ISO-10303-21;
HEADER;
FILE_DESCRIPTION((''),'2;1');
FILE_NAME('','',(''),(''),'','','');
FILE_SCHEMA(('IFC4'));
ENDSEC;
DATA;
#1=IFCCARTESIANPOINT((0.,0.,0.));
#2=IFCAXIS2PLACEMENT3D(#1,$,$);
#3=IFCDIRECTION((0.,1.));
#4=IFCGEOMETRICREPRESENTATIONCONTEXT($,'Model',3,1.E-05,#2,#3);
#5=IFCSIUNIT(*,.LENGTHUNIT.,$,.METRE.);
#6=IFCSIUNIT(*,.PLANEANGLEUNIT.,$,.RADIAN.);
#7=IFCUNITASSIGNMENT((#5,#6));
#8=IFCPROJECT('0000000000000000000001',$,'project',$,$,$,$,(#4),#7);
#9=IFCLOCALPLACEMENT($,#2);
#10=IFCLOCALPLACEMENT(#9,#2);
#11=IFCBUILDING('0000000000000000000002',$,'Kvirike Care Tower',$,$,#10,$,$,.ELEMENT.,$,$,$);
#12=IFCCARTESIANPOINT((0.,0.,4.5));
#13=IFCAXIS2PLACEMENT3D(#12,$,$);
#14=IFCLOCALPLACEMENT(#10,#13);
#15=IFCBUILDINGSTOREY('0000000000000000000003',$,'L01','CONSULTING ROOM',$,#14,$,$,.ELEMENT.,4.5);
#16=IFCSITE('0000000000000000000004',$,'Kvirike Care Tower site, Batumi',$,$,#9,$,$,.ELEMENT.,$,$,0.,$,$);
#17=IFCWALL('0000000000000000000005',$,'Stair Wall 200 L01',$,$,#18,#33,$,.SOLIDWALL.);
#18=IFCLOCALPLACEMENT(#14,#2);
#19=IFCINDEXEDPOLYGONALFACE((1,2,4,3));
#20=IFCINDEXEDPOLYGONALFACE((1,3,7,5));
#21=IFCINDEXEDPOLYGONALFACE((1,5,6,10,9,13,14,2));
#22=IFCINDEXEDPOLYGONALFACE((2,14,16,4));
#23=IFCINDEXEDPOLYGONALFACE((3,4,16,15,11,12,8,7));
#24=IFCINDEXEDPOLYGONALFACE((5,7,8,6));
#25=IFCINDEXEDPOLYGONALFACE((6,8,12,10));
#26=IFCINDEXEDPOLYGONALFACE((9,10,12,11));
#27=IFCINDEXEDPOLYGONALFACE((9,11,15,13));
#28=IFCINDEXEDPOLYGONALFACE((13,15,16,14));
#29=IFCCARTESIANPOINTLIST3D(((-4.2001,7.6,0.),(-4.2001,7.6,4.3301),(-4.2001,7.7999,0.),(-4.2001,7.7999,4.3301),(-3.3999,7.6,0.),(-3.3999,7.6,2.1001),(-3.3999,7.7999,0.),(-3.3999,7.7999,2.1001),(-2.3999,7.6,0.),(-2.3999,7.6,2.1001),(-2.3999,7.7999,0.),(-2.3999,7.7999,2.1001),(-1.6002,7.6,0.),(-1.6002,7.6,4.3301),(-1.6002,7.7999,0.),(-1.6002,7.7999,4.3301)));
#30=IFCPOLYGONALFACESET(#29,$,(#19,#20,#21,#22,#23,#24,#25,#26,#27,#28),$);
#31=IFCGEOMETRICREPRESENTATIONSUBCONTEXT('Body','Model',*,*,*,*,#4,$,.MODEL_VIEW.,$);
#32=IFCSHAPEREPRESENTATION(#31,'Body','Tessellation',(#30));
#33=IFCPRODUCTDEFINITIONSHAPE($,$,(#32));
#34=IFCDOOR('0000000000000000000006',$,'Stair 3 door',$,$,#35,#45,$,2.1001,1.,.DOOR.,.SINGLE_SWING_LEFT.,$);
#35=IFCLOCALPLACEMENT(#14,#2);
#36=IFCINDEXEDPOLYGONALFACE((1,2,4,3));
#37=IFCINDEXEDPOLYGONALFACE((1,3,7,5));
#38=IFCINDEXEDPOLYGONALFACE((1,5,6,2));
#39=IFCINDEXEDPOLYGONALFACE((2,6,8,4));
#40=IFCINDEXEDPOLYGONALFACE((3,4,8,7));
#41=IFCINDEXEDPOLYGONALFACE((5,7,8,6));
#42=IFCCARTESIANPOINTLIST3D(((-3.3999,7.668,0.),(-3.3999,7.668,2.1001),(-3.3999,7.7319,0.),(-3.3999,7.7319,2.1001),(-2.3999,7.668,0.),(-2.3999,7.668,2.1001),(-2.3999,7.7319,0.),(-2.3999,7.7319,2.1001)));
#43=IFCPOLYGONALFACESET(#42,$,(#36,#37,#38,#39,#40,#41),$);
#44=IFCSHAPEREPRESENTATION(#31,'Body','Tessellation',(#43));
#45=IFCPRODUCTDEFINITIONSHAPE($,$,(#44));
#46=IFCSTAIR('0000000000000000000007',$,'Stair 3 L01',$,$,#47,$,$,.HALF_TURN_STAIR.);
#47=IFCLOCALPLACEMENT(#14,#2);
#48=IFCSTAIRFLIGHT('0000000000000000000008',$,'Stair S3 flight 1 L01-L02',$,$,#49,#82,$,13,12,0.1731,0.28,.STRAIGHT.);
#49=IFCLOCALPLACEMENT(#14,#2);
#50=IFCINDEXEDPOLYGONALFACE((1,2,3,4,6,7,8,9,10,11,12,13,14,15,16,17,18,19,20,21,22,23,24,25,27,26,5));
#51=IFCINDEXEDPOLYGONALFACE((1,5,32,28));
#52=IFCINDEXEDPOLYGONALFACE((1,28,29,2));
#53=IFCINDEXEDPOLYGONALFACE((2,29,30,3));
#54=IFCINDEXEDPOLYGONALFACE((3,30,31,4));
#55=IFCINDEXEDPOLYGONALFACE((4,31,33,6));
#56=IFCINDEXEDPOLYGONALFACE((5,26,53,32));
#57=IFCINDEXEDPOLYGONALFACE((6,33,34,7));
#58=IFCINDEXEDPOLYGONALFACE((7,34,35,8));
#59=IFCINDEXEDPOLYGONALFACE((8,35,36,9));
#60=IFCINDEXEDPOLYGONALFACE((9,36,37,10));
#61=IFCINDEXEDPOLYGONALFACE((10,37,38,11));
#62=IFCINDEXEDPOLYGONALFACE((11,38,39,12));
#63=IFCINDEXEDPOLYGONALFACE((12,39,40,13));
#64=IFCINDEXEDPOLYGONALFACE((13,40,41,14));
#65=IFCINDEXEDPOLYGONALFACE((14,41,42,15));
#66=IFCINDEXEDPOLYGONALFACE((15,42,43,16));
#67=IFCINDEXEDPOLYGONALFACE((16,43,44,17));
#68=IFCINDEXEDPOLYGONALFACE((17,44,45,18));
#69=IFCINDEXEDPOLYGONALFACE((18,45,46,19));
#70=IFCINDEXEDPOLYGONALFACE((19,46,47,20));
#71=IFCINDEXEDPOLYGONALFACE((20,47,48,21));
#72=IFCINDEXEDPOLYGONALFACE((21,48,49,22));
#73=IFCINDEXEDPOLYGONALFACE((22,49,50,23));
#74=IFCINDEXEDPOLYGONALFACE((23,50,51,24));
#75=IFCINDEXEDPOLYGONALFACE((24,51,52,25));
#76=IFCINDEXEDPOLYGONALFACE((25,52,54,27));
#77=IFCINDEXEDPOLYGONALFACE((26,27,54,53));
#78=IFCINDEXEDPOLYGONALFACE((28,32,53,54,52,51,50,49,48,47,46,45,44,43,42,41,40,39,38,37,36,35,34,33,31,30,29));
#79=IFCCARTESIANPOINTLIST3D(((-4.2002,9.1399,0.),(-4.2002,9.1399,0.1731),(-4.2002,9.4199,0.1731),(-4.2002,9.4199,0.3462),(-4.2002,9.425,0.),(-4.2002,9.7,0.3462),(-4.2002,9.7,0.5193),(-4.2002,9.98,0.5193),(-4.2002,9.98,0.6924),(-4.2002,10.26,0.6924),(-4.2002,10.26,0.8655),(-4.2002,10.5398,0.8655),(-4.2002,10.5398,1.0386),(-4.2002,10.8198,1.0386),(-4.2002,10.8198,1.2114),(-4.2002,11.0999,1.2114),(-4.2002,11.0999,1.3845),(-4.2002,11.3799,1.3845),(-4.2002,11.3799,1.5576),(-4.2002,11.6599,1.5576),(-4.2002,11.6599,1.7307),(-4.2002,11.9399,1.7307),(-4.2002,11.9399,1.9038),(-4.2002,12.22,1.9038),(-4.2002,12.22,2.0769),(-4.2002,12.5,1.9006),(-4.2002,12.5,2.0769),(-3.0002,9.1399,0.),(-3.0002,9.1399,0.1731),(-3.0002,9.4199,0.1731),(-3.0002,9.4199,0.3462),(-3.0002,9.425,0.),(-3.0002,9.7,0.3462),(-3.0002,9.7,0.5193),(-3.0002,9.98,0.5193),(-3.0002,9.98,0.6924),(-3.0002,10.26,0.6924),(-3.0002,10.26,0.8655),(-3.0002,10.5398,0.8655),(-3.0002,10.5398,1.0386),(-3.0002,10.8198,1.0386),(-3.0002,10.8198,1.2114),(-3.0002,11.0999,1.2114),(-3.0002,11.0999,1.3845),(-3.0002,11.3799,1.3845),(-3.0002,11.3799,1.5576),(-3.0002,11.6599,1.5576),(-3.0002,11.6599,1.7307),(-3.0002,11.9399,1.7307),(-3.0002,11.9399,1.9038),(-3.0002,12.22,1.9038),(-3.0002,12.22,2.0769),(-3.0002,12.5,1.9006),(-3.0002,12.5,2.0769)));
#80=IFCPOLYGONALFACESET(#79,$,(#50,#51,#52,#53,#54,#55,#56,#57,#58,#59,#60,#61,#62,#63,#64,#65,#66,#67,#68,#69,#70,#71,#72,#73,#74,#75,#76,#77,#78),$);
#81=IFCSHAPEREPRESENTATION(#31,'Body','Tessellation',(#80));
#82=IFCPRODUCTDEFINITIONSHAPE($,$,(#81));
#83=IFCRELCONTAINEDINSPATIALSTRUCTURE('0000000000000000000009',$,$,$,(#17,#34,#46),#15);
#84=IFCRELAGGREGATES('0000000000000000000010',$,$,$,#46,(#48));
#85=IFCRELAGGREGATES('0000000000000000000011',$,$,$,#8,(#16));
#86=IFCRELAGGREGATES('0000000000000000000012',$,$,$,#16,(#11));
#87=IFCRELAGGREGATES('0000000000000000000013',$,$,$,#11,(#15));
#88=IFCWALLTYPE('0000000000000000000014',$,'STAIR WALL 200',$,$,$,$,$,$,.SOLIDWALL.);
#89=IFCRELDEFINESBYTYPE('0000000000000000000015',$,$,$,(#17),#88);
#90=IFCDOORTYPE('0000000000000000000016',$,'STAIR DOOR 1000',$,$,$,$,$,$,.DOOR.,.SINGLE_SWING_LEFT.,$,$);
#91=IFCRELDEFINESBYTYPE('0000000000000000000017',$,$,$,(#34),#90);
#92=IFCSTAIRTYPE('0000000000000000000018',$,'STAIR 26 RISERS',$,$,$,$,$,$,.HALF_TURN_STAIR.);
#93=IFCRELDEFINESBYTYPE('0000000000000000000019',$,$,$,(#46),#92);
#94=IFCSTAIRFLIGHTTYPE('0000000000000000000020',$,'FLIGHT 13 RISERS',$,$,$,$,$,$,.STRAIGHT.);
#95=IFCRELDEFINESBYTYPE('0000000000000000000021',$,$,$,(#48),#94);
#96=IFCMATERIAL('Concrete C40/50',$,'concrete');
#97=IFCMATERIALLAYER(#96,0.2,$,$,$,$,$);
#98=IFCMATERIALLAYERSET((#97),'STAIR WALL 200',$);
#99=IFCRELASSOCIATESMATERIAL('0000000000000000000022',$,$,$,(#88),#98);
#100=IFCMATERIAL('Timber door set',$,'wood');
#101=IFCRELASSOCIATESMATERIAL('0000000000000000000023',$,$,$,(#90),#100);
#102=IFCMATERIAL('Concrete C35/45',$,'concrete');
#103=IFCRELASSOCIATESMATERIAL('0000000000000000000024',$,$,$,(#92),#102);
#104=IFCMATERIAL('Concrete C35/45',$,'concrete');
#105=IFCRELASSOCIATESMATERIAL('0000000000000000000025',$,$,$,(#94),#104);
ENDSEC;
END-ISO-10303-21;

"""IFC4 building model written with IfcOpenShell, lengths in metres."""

from ifc_helpers import new_model, si_unit, direction, frame, frame_2d, origin, place, context, subcontext, project, spatial, polyline, rectangle, outline, extrude, material, layer, layer_set, type_object, element, fill, aggregate, save


model = new_model("IFC4")

# Units and contexts
model_context = context("Model", 3, precision=1e-05, world=origin(), true_north=direction((0.0, 1.0)))
body_context = subcontext(model_context, "Body", "Model", "MODEL_VIEW")
ifc_project = project(units=[si_unit("LENGTHUNIT", "METRE"), si_unit("PLANEANGLEUNIT", "RADIAN")], contexts=[model_context])

# Site, building, storey
site_placement = place(None, origin())
site = spatial("IfcSite", under=ifc_project, at=site_placement, Name="Kvirike Care Tower site, Batumi", CompositionType="ELEMENT", RefElevation=0.0)
building_placement = place(site_placement, origin())
building = spatial("IfcBuilding", under=site, at=building_placement, Name="Kvirike Care Tower", CompositionType="ELEMENT")
storey_placement = place(building_placement, frame((0.0, 0.0, 4.5)))
storey = spatial("IfcBuildingStorey", under=building, at=storey_placement, Name="L01", Description="CONSULTING ROOM", CompositionType="ELEMENT", Elevation=4.5)

# Wall, opening, door
ifc_material_1 = material(Name="Concrete C40/50", Category="concrete")
ifc_layer_1 = layer(ifc_material_1, 0.2)
ifc_layer_set_1 = layer_set([ifc_layer_1], Name="STAIR WALL 200")
wall_type_1 = type_object("IfcWallType", Name="STAIR WALL 200", PredefinedType="SOLIDWALL", material=ifc_layer_set_1)
wall_1_placement = place(storey_placement, frame((-4.2, 7.7, 0.0), z_axis=(0.0, 0.0, 1.0), x_axis=(1.0, 0.0, 0.0)))
wall_1 = element("IfcWall", 1, at=wall_1_placement, inside=storey, type_object=wall_type_1, Name="Stair Wall 200 L01", PredefinedType="SOLIDWALL", context=body_context, shape_type="SweptSolid", body=[
    extrude(rectangle(XDim=2.5999, YDim=0.2, at=frame_2d((1.2998, 0.0))), origin(), (0.0, 0.0, 1.0), 4.3301),
])
opening_1_placement = place(wall_1_placement, frame((0.8, 0.0, 0.0)))
opening_1 = element("IfcOpeningElement", 2, at=opening_1_placement, cuts=wall_1, PredefinedType="OPENING", context=body_context, shape_type="SweptSolid", body=[
    extrude(rectangle(XDim=1.0, YDim=2.1001, at=frame_2d((0.5, 1.05))), frame((0.0, 0.1106, 0.0), z_axis=(0.0, -1.0, 0.0), x_axis=(1.0, 0.0, 0.0)), (0.0, 0.0, 1.0), 0.2209),
])
ifc_material_2 = material(Name="Timber door set", Category="wood")
door_type_1 = type_object("IfcDoorType", Name="STAIR DOOR 1000", OperationType="SINGLE_SWING_LEFT", PredefinedType="DOOR", material=ifc_material_2)
door_1_placement = place(opening_1_placement, origin())
door_1 = element("IfcDoor", 3, at=door_1_placement, inside=storey, type_object=door_type_1, Name="Stair 3 door", OperationType="SINGLE_SWING_LEFT", OverallHeight=2.1001, OverallWidth=1.0, PredefinedType="DOOR", context=body_context, shape_type="SweptSolid", body=[
    extrude(rectangle(XDim=1.0, YDim=2.1001, at=frame_2d((0.5, 1.05))), frame((0.0, 0.032, 0.0), z_axis=(0.0, -1.0, 0.0), x_axis=(1.0, 0.0, 0.0)), (0.0, 0.0, 1.0), 0.064),
])
fill(opening_1, door_1)

# Stair, stair flight
ifc_material_3 = material(Name="Concrete C35/45", Category="concrete")
stair_type = type_object("IfcStairType", Name="STAIR 26 RISERS", PredefinedType="HALF_TURN_STAIR", material=ifc_material_3)
stair_placement = place(storey_placement, origin())
stair = element("IfcStair", 4, at=stair_placement, inside=storey, type_object=stair_type, Name="Stair 3 L01", PredefinedType="HALF_TURN_STAIR")
ifc_material_4 = material(Name="Concrete C35/45", Category="concrete")
stair_flight_type = type_object("IfcStairFlightType", Name="FLIGHT 13 RISERS", PredefinedType="STRAIGHT", material=ifc_material_4)
stair_flight_placement = place(storey_placement, frame((-3.6001, 9.1399, 0.0), z_axis=(0.0, 0.0, 1.0), x_axis=(0.0, 1.0, 0.0)))
stair_flight = element("IfcStairFlight", 5, at=stair_flight_placement, type_object=stair_flight_type, Name="Stair S3 flight 1 L01-L02", NumberOfRisers=13, NumberOfTreads=12, PredefinedType="STRAIGHT", RiserHeight=0.1731, TreadLength=0.28, context=body_context, shape_type="SweptSolid", body=[
    extrude(outline(polyline([(0.0, 0.0), (0.0, 0.1731), (0.28, 0.1731), (0.28, 0.3462), (0.5601, 0.3462), (0.5601, 0.5193), (0.8401, 0.5193), (0.8401, 0.6924), (1.1201, 0.6924), (1.1201, 0.8655), (1.3999, 0.8655), (1.3999, 1.0386), (1.6799, 1.0386), (1.6799, 1.2114), (1.96, 1.2114), (1.96, 1.3845), (2.24, 1.3845), (2.24, 1.5576), (2.52, 1.5576), (2.52, 1.7307), (2.8, 1.7307), (2.8, 1.9038), (3.0801, 1.9038), (3.0801, 2.0769), (3.3601, 2.0769), (3.3601, 2.25), (3.3601, 1.9006), (0.2852, 0.0), (0.0, 0.0)])), frame((0.0, 0.6001, 0.0), z_axis=(0.0, -1.0, 0.0), x_axis=(1.0, 0.0, 0.0)), (0.0, 0.0, 1.0), 1.2),
])
aggregate(stair, [stair_flight])

save(model, "model.ifc")
